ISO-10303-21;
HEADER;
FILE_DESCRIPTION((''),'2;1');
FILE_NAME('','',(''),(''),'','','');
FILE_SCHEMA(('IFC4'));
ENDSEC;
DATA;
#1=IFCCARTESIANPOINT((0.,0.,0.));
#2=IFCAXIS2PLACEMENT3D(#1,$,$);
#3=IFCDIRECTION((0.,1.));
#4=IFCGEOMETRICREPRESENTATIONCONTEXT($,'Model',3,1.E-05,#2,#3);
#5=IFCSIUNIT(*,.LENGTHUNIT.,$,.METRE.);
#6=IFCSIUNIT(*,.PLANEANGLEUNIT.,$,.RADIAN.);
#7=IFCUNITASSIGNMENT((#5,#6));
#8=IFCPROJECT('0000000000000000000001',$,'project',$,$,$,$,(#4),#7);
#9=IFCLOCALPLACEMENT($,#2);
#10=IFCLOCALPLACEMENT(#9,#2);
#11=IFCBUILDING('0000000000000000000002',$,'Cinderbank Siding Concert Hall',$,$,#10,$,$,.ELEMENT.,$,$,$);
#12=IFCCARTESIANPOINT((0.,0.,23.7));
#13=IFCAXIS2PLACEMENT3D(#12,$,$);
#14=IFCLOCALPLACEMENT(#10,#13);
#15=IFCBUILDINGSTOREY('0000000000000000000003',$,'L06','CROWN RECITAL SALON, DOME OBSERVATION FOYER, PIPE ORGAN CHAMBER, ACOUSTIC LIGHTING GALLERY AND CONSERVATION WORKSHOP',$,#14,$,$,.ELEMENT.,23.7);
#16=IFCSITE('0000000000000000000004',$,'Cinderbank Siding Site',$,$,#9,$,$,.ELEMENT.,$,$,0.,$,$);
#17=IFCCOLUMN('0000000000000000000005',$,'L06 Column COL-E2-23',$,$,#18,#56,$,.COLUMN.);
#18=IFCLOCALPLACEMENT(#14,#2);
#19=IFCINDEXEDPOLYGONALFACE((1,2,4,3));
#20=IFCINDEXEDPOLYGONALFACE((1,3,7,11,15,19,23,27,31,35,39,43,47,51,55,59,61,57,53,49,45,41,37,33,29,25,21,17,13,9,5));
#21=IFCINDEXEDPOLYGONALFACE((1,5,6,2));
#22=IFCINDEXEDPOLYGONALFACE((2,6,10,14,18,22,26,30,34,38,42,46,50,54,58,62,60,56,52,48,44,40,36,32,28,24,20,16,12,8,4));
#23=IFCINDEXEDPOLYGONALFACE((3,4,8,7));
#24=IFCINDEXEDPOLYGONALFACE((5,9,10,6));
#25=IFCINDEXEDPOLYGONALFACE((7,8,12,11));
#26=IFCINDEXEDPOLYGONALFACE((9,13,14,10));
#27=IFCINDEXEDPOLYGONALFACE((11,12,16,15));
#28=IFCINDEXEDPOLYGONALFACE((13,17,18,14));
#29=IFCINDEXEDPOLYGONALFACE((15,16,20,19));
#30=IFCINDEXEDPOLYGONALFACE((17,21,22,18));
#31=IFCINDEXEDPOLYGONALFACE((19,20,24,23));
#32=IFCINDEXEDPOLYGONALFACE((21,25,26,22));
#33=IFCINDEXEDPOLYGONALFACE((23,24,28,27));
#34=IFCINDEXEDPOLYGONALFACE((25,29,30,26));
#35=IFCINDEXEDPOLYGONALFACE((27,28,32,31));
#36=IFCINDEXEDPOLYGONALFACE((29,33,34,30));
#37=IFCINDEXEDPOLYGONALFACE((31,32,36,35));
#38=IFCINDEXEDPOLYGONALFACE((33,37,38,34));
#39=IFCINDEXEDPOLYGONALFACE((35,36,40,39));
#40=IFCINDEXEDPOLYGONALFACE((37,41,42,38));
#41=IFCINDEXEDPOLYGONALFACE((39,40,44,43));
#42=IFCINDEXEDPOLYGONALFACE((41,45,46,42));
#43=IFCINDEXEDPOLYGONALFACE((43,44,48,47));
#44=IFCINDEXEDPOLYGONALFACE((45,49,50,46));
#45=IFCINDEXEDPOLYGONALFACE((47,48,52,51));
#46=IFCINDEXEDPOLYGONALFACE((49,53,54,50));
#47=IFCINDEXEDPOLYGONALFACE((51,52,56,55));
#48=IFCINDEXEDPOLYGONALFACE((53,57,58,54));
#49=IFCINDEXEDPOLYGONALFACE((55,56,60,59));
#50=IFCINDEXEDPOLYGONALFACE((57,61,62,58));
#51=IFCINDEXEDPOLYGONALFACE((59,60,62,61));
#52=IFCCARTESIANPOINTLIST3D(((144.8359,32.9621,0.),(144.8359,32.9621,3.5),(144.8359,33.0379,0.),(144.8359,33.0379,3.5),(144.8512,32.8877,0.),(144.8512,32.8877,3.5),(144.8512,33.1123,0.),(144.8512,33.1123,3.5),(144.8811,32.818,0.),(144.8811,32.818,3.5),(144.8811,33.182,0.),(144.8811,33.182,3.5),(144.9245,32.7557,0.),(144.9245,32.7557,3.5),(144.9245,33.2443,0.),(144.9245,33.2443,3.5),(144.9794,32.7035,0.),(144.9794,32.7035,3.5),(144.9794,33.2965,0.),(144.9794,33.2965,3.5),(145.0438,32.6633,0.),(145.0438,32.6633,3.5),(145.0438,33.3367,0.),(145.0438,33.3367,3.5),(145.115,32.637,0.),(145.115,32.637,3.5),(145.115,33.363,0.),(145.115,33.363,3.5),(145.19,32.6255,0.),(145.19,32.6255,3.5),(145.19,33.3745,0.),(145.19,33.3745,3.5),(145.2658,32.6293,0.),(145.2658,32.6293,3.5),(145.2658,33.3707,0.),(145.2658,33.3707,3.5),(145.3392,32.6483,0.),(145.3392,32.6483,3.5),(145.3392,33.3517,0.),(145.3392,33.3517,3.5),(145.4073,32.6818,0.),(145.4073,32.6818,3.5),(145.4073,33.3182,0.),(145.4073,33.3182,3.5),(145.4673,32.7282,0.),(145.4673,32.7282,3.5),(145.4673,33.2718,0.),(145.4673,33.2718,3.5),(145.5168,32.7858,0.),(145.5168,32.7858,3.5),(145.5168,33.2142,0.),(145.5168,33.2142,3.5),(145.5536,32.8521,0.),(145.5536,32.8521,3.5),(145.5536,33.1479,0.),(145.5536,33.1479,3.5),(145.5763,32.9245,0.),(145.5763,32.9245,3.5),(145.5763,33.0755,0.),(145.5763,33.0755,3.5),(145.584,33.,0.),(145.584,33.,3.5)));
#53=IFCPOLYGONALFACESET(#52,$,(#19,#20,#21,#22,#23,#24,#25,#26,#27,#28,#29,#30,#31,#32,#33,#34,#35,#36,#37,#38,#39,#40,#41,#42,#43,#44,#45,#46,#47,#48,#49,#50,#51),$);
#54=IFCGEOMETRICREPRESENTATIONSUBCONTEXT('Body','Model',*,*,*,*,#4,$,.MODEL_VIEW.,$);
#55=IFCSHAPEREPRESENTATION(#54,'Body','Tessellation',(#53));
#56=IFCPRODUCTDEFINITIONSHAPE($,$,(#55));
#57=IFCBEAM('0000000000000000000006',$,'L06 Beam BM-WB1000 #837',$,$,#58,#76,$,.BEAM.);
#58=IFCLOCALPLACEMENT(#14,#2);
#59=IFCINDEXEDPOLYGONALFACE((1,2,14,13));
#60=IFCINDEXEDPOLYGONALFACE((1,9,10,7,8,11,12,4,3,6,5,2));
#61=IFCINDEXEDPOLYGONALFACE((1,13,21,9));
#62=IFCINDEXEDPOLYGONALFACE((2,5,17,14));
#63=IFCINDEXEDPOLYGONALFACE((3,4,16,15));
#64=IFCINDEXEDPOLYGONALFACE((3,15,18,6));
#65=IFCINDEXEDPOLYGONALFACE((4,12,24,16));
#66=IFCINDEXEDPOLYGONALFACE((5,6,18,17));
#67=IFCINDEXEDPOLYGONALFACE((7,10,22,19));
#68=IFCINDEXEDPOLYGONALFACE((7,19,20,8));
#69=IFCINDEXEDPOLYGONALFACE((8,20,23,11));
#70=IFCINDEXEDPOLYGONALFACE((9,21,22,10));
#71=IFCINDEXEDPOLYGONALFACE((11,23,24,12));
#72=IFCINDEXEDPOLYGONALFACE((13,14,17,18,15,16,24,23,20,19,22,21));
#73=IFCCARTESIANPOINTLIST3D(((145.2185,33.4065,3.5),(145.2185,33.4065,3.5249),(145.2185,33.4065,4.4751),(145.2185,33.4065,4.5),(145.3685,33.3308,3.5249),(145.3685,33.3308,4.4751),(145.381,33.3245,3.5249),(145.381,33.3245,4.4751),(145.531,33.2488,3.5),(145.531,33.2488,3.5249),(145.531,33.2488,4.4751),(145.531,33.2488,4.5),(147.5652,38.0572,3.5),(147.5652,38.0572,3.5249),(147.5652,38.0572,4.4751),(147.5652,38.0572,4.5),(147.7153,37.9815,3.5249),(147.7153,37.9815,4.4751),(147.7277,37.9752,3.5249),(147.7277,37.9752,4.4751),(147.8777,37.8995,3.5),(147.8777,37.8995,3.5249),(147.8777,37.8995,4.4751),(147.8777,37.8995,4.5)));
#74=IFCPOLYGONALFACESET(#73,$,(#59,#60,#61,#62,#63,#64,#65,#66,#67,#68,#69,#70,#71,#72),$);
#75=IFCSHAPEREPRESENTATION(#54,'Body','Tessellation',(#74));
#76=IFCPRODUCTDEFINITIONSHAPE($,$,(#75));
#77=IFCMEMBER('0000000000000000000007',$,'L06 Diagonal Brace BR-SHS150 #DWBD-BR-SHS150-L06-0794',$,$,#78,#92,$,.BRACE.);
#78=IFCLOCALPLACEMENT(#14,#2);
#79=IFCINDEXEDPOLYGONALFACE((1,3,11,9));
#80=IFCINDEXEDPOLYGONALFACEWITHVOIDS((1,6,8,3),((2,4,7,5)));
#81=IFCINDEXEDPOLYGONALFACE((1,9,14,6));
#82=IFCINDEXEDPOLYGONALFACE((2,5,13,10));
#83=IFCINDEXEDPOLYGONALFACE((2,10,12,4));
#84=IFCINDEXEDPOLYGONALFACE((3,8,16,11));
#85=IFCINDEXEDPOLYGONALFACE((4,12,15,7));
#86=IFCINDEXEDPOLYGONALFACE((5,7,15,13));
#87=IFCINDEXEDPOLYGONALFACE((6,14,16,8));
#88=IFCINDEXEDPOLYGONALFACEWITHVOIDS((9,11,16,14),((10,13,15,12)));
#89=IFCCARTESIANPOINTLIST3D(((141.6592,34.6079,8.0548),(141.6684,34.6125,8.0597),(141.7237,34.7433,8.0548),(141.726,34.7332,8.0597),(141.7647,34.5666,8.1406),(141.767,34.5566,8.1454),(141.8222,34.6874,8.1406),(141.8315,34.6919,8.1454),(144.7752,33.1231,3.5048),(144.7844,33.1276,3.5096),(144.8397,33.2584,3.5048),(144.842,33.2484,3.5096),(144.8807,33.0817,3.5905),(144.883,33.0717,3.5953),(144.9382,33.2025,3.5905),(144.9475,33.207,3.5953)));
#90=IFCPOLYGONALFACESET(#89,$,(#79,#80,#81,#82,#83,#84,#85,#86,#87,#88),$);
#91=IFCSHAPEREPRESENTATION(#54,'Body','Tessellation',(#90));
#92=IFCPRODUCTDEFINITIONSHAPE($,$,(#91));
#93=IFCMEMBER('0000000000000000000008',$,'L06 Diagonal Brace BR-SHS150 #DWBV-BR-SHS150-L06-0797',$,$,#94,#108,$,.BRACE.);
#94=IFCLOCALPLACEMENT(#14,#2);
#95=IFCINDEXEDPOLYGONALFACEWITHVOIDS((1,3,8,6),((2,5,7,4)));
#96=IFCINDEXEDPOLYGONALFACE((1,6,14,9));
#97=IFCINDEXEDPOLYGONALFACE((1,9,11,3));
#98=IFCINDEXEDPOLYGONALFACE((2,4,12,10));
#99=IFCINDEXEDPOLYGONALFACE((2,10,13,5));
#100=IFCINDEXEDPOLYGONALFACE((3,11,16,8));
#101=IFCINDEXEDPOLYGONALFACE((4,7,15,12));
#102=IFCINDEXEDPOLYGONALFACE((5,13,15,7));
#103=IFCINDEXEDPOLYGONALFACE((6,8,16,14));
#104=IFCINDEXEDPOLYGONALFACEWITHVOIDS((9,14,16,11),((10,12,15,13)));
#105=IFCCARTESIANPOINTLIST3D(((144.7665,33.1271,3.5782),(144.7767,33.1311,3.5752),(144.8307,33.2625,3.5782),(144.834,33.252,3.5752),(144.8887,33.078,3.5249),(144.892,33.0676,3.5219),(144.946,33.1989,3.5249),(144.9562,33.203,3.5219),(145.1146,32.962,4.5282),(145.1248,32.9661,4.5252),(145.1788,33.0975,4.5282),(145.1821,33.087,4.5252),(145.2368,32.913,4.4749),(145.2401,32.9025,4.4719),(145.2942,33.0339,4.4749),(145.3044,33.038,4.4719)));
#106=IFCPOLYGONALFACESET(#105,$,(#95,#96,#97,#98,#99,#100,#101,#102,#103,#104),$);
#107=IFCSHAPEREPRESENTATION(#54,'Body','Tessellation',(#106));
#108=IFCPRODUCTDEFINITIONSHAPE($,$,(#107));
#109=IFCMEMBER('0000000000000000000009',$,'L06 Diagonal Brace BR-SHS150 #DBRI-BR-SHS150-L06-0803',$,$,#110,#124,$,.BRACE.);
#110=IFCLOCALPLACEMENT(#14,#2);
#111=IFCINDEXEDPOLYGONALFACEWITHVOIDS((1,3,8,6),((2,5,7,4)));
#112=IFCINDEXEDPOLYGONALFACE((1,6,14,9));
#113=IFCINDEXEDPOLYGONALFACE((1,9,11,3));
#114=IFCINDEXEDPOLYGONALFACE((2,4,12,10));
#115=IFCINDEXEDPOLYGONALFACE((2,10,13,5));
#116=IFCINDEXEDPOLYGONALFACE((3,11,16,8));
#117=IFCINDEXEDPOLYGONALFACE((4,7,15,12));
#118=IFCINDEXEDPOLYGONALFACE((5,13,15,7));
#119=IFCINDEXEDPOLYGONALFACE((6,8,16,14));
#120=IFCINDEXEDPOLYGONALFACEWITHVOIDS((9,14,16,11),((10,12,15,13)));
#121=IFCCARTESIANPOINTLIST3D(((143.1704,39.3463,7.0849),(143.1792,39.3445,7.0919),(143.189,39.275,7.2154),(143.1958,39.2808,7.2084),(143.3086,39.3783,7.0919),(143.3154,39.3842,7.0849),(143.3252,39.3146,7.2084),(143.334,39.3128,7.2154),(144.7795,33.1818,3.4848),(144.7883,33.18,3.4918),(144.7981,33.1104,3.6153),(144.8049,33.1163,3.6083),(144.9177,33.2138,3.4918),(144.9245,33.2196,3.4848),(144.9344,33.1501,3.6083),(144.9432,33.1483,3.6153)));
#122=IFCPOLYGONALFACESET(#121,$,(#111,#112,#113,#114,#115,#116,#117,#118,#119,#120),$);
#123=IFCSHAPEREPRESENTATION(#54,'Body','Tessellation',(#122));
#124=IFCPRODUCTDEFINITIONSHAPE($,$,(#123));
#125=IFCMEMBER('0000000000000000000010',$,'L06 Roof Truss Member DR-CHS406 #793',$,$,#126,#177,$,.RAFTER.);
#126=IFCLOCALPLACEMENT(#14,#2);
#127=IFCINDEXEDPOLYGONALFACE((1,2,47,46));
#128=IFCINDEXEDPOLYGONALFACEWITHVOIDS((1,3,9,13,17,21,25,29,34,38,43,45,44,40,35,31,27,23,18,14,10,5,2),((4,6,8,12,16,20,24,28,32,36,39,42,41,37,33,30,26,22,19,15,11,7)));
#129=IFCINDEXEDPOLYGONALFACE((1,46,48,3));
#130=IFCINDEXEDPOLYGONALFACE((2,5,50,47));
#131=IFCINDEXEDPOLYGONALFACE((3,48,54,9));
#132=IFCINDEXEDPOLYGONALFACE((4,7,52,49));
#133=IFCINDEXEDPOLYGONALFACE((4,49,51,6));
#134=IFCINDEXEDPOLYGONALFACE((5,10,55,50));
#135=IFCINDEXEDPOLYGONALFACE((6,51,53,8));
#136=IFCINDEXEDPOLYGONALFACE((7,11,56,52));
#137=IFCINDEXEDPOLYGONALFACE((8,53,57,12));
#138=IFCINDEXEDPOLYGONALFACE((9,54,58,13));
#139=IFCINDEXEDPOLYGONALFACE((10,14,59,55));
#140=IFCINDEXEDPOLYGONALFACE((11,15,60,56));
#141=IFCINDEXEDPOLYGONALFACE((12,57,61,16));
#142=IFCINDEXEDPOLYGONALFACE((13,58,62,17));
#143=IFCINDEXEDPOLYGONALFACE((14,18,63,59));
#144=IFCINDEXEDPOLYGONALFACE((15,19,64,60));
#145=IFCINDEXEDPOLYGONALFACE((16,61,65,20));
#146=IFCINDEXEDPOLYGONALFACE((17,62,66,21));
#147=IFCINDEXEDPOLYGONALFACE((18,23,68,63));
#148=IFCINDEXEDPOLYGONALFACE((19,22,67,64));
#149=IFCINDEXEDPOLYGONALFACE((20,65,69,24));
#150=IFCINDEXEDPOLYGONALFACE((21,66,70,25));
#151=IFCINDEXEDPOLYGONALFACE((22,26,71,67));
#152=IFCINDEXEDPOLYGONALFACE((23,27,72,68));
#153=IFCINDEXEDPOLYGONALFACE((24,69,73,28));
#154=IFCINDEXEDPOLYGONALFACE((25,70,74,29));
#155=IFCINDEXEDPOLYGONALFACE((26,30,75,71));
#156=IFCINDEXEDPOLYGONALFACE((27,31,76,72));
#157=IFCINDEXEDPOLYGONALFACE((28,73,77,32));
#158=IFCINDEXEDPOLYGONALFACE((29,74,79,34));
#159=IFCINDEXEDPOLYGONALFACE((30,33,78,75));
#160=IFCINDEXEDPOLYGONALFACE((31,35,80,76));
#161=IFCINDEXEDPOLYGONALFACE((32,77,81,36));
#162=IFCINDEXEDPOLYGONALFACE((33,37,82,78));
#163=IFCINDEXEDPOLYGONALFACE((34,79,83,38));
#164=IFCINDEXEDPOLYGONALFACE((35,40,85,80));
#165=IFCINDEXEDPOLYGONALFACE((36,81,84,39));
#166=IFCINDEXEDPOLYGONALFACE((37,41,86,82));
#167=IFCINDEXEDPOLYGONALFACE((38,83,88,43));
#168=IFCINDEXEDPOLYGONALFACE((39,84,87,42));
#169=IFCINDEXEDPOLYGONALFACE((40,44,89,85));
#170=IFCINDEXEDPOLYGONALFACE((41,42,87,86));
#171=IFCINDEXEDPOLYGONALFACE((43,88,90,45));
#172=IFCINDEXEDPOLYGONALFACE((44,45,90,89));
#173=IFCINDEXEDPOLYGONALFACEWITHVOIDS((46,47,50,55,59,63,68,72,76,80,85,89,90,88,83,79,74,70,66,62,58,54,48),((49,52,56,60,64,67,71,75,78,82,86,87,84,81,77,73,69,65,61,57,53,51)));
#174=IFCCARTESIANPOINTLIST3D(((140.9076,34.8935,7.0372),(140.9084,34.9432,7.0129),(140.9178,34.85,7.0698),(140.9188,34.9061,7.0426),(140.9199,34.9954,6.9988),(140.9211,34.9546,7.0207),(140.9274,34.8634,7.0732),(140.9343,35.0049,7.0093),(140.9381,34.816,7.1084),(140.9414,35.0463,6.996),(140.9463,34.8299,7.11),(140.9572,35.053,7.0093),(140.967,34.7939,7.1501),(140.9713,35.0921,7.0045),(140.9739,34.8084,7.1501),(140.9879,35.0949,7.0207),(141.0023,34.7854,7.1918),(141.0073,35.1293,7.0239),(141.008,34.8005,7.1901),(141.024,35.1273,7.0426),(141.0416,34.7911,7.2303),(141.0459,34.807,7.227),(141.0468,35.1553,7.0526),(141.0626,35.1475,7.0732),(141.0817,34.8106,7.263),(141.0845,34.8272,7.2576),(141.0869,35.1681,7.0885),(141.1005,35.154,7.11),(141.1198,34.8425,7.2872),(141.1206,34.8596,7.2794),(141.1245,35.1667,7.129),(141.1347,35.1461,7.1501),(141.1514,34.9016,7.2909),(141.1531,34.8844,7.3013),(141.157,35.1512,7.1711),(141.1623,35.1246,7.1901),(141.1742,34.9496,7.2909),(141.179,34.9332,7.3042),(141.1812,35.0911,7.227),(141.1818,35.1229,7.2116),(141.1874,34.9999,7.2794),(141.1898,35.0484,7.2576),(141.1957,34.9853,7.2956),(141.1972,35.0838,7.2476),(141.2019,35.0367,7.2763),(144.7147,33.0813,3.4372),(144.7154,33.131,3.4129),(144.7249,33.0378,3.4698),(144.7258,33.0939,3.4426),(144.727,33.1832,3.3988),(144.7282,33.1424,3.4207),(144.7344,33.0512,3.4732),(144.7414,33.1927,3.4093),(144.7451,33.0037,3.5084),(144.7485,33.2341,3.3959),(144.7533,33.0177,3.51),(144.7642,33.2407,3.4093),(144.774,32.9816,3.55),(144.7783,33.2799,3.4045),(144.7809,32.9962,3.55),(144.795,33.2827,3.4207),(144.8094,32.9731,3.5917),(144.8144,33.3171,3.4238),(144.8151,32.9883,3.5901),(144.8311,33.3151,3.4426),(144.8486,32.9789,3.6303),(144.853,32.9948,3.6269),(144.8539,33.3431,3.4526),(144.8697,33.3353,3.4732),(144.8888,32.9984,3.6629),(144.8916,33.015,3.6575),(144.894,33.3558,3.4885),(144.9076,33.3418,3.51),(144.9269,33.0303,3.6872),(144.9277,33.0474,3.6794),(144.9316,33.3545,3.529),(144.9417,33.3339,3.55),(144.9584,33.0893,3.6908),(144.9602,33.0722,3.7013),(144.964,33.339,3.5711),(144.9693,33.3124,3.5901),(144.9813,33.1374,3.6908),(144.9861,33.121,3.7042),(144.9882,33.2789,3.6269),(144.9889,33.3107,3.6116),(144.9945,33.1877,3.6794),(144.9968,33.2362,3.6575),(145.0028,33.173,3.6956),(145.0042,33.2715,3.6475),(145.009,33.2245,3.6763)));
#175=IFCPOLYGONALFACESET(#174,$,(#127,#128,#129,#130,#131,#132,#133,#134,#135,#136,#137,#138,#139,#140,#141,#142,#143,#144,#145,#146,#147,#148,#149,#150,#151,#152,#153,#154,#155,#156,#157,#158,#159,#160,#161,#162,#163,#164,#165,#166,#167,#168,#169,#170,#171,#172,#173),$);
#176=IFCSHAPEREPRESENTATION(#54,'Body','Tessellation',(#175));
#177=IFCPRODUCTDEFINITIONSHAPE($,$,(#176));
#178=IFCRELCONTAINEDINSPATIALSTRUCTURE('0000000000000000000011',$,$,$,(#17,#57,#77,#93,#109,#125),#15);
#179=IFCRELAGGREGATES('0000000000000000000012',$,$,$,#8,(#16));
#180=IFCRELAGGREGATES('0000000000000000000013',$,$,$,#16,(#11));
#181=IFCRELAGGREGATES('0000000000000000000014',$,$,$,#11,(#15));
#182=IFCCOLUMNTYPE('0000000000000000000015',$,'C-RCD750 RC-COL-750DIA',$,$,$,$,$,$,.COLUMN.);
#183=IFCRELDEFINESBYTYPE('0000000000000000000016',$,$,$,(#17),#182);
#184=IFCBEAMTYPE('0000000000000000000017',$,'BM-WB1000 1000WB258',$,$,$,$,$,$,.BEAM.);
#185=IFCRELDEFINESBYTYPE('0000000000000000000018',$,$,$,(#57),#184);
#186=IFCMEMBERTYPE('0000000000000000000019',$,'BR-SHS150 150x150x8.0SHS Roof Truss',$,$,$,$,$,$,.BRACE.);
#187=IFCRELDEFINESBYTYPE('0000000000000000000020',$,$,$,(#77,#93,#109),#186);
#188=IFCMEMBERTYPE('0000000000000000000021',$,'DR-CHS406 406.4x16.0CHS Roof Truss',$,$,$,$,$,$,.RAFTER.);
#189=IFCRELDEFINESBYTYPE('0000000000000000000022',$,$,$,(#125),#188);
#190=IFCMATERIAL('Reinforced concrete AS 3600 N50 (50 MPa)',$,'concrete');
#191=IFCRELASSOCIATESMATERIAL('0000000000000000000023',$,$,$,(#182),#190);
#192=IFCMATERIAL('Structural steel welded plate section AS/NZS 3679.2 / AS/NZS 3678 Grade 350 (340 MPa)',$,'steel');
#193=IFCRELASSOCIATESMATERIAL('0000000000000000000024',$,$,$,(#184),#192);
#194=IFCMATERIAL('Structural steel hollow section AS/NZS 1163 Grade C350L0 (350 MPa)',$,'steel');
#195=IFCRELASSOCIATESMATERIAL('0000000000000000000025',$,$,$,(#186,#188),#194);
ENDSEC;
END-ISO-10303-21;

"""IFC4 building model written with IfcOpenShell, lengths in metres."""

from ifc_helpers import new_model, si_unit, direction, frame, origin, origin_2d, place, context, subcontext, project, spatial, hollow_rectangle, circle, hollow_circle, i_section, extrude, material, material_profile, profile_set, type_object, element, save


model = new_model("IFC4")

# Units and contexts
model_context = context("Model", 3, precision=1e-05, world=origin(), true_north=direction((0.0, 1.0)))
body_context = subcontext(model_context, "Body", "Model", "MODEL_VIEW")
ifc_project = project(units=[si_unit("LENGTHUNIT", "METRE"), si_unit("PLANEANGLEUNIT", "RADIAN")], contexts=[model_context])

# Site, building, storey
site_placement = place(None, origin())
site = spatial("IfcSite", under=ifc_project, at=site_placement, Name="Cinderbank Siding Site", CompositionType="ELEMENT", RefElevation=0.0)
building_placement = place(site_placement, origin())
building = spatial("IfcBuilding", under=site, at=building_placement, Name="Cinderbank Siding Concert Hall", CompositionType="ELEMENT")
storey_placement = place(building_placement, frame((0.0, 0.0, 23.7)))
storey = spatial("IfcBuildingStorey", under=building, at=storey_placement, Name="L06", Description="CROWN RECITAL SALON, DOME OBSERVATION FOYER, PIPE ORGAN CHAMBER, ACOUSTIC LIGHTING GALLERY AND CONSERVATION WORKSHOP", CompositionType="ELEMENT", Elevation=23.7)

# Column
ifc_material_1 = material(Name="Reinforced concrete AS 3600 N50 (50 MPa)", Category="concrete")
ifc_material_profile_1 = material_profile(ifc_material_1, circle(Radius=0.375, at=origin_2d()), Name="RC-COL-750DIA", Category="LoadBearing")
ifc_profile_set_1 = profile_set([ifc_material_profile_1], Name="Reinforced concrete AS 3600 N50 (50 MPa)")
column_type = type_object("IfcColumnType", Name="C-RCD750 RC-COL-750DIA", PredefinedType="COLUMN", material=ifc_profile_set_1)
column_placement = place(storey_placement, frame((145.209, 33.0, 0.0), z_axis=(0.0, 0.0, 1.0), x_axis=(1.0, 0.0, 0.0)))
element("IfcColumn", 1, at=column_placement, inside=storey, type_object=column_type, Name="L06 Column COL-E2-23", PredefinedType="COLUMN", context=body_context, shape_type="SweptSolid", body=[
    extrude(circle(Radius=0.375, at=origin_2d()), origin(), (0.0, 0.0, 1.0), 3.5),
])

# Beam
ifc_material_2 = material(Name="Structural steel welded plate section AS/NZS 3679.2 / AS/NZS 3678 Grade 350 (340 MPa)", Category="steel")
ifc_material_profile_2 = material_profile(ifc_material_2, i_section(OverallWidth=0.3501, OverallDepth=1.0, WebThickness=0.0139, FlangeThickness=0.0249, at=origin_2d()), Name="1000WB258", Category="LoadBearing")
ifc_profile_set_2 = profile_set([ifc_material_profile_2], Name="Structural steel welded plate section AS/NZS 3679.2 / AS/NZS 3678 Grade 350 (340 MPa)")
beam_type = type_object("IfcBeamType", Name="BM-WB1000 1000WB258", PredefinedType="BEAM", material=ifc_profile_set_2)
beam_placement = place(storey_placement, frame((145.3748, 33.3276, 4.0), z_axis=(0.450491, 0.892781, 0.0), x_axis=(-0.892781, 0.450491, 0.0)))
element("IfcBeam", 2, at=beam_placement, inside=storey, type_object=beam_type, Name="L06 Beam BM-WB1000 #837", PredefinedType="BEAM", context=body_context, shape_type="SweptSolid", body=[
    extrude(i_section(OverallWidth=0.3501, OverallDepth=1.0, WebThickness=0.0139, FlangeThickness=0.0249, at=origin_2d()), origin(), (0.0, 0.0, 1.0), 5.2092),
])

# Members
ifc_material_3 = material(Name="Structural steel hollow section AS/NZS 1163 Grade C350L0 (350 MPa)", Category="steel")
ifc_material_profile_3 = material_profile(ifc_material_3, hollow_rectangle(XDim=0.1499, YDim=0.1499, WallThickness=0.0081, at=origin_2d()), Name="150x150x8.0SHS", Category="LoadBearing")
ifc_profile_set_3 = profile_set([ifc_material_profile_3], Name="Structural steel hollow section AS/NZS 1163 Grade C350L0 (350 MPa)")
member_type_1 = type_object("IfcMemberType", Name="BR-SHS150 150x150x8.0SHS Roof Truss", PredefinedType="BRACE", material=ifc_profile_set_3)
member_1_placement = place(storey_placement, frame((144.8613, 33.165, 3.55), z_axis=(-0.545595, 0.259995, 0.796698), x_axis=(-0.430186, -0.90274, 0.0)))
element("IfcMember", 3, at=member_1_placement, inside=storey, type_object=member_type_1, Name="L06 Diagonal Brace BR-SHS150 #DWBD-BR-SHS150-L06-0794", PredefinedType="BRACE", context=body_context, shape_type="SweptSolid", body=[
    extrude(hollow_rectangle(XDim=0.1499, YDim=0.1499, WallThickness=0.0081, at=origin_2d()), origin(), (0.0, 0.0, 1.0), 5.7112),
])
member_2_placement = place(storey_placement, frame((144.8613, 33.165, 3.55), z_axis=(0.339617, -0.160997, 0.926683), x_axis=(0.428359, 0.903609, 0.0)))
element("IfcMember", 4, at=member_2_placement, inside=storey, type_object=member_type_1, Name="L06 Diagonal Brace BR-SHS150 #DWBV-BR-SHS150-L06-0797", PredefinedType="BRACE", context=body_context, shape_type="SweptSolid", body=[
    extrude(hollow_rectangle(XDim=0.1499, YDim=0.1499, WallThickness=0.0081, at=origin_2d()), origin(), (0.0, 0.0, 1.0), 1.0251),
])
member_3_placement = place(storey_placement, frame((144.8613, 33.165, 3.55), z_axis=(-0.21989, 0.842393, 0.491958), x_axis=(-0.967579, -0.252567, 0.0)))
element("IfcMember", 5, at=member_3_placement, inside=storey, type_object=member_type_1, Name="L06 Diagonal Brace BR-SHS150 #DBRI-BR-SHS150-L06-0803", PredefinedType="BRACE", context=body_context, shape_type="SweptSolid", body=[
    extrude(hollow_rectangle(XDim=0.1499, YDim=0.1499, WallThickness=0.0081, at=origin_2d()), origin(), (0.0, 0.0, 1.0), 7.3179),
])
ifc_material_profile_4 = material_profile(ifc_material_3, hollow_circle(Radius=0.2031, WallThickness=0.0161, at=origin_2d()), Name="406.4x16.0CHS", Category="LoadBearing")
ifc_profile_set_4 = profile_set([ifc_material_profile_4], Name="Structural steel hollow section AS/NZS 1163 Grade C350L0 (350 MPa)")
member_type_2 = type_object("IfcMemberType", Name="DR-CHS406 406.4x16.0CHS Roof Truss", PredefinedType="RAFTER", material=ifc_profile_set_4)
member_4_placement = place(storey_placement, frame((144.8613, 33.165, 3.55), z_axis=(-0.686675, 0.326869, 0.649334), x_axis=(-0.429805, -0.902922, 0.0)))
element("IfcMember", 6, at=member_4_placement, inside=storey, type_object=member_type_2, Name="L06 Roof Truss Member DR-CHS406 #793", PredefinedType="RAFTER", context=body_context, shape_type="SweptSolid", body=[
    extrude(hollow_circle(Radius=0.2031, WallThickness=0.0161, at=origin_2d()), origin(), (0.0, 0.0, 1.0), 5.5442),
])

save(model, "model.ifc")
